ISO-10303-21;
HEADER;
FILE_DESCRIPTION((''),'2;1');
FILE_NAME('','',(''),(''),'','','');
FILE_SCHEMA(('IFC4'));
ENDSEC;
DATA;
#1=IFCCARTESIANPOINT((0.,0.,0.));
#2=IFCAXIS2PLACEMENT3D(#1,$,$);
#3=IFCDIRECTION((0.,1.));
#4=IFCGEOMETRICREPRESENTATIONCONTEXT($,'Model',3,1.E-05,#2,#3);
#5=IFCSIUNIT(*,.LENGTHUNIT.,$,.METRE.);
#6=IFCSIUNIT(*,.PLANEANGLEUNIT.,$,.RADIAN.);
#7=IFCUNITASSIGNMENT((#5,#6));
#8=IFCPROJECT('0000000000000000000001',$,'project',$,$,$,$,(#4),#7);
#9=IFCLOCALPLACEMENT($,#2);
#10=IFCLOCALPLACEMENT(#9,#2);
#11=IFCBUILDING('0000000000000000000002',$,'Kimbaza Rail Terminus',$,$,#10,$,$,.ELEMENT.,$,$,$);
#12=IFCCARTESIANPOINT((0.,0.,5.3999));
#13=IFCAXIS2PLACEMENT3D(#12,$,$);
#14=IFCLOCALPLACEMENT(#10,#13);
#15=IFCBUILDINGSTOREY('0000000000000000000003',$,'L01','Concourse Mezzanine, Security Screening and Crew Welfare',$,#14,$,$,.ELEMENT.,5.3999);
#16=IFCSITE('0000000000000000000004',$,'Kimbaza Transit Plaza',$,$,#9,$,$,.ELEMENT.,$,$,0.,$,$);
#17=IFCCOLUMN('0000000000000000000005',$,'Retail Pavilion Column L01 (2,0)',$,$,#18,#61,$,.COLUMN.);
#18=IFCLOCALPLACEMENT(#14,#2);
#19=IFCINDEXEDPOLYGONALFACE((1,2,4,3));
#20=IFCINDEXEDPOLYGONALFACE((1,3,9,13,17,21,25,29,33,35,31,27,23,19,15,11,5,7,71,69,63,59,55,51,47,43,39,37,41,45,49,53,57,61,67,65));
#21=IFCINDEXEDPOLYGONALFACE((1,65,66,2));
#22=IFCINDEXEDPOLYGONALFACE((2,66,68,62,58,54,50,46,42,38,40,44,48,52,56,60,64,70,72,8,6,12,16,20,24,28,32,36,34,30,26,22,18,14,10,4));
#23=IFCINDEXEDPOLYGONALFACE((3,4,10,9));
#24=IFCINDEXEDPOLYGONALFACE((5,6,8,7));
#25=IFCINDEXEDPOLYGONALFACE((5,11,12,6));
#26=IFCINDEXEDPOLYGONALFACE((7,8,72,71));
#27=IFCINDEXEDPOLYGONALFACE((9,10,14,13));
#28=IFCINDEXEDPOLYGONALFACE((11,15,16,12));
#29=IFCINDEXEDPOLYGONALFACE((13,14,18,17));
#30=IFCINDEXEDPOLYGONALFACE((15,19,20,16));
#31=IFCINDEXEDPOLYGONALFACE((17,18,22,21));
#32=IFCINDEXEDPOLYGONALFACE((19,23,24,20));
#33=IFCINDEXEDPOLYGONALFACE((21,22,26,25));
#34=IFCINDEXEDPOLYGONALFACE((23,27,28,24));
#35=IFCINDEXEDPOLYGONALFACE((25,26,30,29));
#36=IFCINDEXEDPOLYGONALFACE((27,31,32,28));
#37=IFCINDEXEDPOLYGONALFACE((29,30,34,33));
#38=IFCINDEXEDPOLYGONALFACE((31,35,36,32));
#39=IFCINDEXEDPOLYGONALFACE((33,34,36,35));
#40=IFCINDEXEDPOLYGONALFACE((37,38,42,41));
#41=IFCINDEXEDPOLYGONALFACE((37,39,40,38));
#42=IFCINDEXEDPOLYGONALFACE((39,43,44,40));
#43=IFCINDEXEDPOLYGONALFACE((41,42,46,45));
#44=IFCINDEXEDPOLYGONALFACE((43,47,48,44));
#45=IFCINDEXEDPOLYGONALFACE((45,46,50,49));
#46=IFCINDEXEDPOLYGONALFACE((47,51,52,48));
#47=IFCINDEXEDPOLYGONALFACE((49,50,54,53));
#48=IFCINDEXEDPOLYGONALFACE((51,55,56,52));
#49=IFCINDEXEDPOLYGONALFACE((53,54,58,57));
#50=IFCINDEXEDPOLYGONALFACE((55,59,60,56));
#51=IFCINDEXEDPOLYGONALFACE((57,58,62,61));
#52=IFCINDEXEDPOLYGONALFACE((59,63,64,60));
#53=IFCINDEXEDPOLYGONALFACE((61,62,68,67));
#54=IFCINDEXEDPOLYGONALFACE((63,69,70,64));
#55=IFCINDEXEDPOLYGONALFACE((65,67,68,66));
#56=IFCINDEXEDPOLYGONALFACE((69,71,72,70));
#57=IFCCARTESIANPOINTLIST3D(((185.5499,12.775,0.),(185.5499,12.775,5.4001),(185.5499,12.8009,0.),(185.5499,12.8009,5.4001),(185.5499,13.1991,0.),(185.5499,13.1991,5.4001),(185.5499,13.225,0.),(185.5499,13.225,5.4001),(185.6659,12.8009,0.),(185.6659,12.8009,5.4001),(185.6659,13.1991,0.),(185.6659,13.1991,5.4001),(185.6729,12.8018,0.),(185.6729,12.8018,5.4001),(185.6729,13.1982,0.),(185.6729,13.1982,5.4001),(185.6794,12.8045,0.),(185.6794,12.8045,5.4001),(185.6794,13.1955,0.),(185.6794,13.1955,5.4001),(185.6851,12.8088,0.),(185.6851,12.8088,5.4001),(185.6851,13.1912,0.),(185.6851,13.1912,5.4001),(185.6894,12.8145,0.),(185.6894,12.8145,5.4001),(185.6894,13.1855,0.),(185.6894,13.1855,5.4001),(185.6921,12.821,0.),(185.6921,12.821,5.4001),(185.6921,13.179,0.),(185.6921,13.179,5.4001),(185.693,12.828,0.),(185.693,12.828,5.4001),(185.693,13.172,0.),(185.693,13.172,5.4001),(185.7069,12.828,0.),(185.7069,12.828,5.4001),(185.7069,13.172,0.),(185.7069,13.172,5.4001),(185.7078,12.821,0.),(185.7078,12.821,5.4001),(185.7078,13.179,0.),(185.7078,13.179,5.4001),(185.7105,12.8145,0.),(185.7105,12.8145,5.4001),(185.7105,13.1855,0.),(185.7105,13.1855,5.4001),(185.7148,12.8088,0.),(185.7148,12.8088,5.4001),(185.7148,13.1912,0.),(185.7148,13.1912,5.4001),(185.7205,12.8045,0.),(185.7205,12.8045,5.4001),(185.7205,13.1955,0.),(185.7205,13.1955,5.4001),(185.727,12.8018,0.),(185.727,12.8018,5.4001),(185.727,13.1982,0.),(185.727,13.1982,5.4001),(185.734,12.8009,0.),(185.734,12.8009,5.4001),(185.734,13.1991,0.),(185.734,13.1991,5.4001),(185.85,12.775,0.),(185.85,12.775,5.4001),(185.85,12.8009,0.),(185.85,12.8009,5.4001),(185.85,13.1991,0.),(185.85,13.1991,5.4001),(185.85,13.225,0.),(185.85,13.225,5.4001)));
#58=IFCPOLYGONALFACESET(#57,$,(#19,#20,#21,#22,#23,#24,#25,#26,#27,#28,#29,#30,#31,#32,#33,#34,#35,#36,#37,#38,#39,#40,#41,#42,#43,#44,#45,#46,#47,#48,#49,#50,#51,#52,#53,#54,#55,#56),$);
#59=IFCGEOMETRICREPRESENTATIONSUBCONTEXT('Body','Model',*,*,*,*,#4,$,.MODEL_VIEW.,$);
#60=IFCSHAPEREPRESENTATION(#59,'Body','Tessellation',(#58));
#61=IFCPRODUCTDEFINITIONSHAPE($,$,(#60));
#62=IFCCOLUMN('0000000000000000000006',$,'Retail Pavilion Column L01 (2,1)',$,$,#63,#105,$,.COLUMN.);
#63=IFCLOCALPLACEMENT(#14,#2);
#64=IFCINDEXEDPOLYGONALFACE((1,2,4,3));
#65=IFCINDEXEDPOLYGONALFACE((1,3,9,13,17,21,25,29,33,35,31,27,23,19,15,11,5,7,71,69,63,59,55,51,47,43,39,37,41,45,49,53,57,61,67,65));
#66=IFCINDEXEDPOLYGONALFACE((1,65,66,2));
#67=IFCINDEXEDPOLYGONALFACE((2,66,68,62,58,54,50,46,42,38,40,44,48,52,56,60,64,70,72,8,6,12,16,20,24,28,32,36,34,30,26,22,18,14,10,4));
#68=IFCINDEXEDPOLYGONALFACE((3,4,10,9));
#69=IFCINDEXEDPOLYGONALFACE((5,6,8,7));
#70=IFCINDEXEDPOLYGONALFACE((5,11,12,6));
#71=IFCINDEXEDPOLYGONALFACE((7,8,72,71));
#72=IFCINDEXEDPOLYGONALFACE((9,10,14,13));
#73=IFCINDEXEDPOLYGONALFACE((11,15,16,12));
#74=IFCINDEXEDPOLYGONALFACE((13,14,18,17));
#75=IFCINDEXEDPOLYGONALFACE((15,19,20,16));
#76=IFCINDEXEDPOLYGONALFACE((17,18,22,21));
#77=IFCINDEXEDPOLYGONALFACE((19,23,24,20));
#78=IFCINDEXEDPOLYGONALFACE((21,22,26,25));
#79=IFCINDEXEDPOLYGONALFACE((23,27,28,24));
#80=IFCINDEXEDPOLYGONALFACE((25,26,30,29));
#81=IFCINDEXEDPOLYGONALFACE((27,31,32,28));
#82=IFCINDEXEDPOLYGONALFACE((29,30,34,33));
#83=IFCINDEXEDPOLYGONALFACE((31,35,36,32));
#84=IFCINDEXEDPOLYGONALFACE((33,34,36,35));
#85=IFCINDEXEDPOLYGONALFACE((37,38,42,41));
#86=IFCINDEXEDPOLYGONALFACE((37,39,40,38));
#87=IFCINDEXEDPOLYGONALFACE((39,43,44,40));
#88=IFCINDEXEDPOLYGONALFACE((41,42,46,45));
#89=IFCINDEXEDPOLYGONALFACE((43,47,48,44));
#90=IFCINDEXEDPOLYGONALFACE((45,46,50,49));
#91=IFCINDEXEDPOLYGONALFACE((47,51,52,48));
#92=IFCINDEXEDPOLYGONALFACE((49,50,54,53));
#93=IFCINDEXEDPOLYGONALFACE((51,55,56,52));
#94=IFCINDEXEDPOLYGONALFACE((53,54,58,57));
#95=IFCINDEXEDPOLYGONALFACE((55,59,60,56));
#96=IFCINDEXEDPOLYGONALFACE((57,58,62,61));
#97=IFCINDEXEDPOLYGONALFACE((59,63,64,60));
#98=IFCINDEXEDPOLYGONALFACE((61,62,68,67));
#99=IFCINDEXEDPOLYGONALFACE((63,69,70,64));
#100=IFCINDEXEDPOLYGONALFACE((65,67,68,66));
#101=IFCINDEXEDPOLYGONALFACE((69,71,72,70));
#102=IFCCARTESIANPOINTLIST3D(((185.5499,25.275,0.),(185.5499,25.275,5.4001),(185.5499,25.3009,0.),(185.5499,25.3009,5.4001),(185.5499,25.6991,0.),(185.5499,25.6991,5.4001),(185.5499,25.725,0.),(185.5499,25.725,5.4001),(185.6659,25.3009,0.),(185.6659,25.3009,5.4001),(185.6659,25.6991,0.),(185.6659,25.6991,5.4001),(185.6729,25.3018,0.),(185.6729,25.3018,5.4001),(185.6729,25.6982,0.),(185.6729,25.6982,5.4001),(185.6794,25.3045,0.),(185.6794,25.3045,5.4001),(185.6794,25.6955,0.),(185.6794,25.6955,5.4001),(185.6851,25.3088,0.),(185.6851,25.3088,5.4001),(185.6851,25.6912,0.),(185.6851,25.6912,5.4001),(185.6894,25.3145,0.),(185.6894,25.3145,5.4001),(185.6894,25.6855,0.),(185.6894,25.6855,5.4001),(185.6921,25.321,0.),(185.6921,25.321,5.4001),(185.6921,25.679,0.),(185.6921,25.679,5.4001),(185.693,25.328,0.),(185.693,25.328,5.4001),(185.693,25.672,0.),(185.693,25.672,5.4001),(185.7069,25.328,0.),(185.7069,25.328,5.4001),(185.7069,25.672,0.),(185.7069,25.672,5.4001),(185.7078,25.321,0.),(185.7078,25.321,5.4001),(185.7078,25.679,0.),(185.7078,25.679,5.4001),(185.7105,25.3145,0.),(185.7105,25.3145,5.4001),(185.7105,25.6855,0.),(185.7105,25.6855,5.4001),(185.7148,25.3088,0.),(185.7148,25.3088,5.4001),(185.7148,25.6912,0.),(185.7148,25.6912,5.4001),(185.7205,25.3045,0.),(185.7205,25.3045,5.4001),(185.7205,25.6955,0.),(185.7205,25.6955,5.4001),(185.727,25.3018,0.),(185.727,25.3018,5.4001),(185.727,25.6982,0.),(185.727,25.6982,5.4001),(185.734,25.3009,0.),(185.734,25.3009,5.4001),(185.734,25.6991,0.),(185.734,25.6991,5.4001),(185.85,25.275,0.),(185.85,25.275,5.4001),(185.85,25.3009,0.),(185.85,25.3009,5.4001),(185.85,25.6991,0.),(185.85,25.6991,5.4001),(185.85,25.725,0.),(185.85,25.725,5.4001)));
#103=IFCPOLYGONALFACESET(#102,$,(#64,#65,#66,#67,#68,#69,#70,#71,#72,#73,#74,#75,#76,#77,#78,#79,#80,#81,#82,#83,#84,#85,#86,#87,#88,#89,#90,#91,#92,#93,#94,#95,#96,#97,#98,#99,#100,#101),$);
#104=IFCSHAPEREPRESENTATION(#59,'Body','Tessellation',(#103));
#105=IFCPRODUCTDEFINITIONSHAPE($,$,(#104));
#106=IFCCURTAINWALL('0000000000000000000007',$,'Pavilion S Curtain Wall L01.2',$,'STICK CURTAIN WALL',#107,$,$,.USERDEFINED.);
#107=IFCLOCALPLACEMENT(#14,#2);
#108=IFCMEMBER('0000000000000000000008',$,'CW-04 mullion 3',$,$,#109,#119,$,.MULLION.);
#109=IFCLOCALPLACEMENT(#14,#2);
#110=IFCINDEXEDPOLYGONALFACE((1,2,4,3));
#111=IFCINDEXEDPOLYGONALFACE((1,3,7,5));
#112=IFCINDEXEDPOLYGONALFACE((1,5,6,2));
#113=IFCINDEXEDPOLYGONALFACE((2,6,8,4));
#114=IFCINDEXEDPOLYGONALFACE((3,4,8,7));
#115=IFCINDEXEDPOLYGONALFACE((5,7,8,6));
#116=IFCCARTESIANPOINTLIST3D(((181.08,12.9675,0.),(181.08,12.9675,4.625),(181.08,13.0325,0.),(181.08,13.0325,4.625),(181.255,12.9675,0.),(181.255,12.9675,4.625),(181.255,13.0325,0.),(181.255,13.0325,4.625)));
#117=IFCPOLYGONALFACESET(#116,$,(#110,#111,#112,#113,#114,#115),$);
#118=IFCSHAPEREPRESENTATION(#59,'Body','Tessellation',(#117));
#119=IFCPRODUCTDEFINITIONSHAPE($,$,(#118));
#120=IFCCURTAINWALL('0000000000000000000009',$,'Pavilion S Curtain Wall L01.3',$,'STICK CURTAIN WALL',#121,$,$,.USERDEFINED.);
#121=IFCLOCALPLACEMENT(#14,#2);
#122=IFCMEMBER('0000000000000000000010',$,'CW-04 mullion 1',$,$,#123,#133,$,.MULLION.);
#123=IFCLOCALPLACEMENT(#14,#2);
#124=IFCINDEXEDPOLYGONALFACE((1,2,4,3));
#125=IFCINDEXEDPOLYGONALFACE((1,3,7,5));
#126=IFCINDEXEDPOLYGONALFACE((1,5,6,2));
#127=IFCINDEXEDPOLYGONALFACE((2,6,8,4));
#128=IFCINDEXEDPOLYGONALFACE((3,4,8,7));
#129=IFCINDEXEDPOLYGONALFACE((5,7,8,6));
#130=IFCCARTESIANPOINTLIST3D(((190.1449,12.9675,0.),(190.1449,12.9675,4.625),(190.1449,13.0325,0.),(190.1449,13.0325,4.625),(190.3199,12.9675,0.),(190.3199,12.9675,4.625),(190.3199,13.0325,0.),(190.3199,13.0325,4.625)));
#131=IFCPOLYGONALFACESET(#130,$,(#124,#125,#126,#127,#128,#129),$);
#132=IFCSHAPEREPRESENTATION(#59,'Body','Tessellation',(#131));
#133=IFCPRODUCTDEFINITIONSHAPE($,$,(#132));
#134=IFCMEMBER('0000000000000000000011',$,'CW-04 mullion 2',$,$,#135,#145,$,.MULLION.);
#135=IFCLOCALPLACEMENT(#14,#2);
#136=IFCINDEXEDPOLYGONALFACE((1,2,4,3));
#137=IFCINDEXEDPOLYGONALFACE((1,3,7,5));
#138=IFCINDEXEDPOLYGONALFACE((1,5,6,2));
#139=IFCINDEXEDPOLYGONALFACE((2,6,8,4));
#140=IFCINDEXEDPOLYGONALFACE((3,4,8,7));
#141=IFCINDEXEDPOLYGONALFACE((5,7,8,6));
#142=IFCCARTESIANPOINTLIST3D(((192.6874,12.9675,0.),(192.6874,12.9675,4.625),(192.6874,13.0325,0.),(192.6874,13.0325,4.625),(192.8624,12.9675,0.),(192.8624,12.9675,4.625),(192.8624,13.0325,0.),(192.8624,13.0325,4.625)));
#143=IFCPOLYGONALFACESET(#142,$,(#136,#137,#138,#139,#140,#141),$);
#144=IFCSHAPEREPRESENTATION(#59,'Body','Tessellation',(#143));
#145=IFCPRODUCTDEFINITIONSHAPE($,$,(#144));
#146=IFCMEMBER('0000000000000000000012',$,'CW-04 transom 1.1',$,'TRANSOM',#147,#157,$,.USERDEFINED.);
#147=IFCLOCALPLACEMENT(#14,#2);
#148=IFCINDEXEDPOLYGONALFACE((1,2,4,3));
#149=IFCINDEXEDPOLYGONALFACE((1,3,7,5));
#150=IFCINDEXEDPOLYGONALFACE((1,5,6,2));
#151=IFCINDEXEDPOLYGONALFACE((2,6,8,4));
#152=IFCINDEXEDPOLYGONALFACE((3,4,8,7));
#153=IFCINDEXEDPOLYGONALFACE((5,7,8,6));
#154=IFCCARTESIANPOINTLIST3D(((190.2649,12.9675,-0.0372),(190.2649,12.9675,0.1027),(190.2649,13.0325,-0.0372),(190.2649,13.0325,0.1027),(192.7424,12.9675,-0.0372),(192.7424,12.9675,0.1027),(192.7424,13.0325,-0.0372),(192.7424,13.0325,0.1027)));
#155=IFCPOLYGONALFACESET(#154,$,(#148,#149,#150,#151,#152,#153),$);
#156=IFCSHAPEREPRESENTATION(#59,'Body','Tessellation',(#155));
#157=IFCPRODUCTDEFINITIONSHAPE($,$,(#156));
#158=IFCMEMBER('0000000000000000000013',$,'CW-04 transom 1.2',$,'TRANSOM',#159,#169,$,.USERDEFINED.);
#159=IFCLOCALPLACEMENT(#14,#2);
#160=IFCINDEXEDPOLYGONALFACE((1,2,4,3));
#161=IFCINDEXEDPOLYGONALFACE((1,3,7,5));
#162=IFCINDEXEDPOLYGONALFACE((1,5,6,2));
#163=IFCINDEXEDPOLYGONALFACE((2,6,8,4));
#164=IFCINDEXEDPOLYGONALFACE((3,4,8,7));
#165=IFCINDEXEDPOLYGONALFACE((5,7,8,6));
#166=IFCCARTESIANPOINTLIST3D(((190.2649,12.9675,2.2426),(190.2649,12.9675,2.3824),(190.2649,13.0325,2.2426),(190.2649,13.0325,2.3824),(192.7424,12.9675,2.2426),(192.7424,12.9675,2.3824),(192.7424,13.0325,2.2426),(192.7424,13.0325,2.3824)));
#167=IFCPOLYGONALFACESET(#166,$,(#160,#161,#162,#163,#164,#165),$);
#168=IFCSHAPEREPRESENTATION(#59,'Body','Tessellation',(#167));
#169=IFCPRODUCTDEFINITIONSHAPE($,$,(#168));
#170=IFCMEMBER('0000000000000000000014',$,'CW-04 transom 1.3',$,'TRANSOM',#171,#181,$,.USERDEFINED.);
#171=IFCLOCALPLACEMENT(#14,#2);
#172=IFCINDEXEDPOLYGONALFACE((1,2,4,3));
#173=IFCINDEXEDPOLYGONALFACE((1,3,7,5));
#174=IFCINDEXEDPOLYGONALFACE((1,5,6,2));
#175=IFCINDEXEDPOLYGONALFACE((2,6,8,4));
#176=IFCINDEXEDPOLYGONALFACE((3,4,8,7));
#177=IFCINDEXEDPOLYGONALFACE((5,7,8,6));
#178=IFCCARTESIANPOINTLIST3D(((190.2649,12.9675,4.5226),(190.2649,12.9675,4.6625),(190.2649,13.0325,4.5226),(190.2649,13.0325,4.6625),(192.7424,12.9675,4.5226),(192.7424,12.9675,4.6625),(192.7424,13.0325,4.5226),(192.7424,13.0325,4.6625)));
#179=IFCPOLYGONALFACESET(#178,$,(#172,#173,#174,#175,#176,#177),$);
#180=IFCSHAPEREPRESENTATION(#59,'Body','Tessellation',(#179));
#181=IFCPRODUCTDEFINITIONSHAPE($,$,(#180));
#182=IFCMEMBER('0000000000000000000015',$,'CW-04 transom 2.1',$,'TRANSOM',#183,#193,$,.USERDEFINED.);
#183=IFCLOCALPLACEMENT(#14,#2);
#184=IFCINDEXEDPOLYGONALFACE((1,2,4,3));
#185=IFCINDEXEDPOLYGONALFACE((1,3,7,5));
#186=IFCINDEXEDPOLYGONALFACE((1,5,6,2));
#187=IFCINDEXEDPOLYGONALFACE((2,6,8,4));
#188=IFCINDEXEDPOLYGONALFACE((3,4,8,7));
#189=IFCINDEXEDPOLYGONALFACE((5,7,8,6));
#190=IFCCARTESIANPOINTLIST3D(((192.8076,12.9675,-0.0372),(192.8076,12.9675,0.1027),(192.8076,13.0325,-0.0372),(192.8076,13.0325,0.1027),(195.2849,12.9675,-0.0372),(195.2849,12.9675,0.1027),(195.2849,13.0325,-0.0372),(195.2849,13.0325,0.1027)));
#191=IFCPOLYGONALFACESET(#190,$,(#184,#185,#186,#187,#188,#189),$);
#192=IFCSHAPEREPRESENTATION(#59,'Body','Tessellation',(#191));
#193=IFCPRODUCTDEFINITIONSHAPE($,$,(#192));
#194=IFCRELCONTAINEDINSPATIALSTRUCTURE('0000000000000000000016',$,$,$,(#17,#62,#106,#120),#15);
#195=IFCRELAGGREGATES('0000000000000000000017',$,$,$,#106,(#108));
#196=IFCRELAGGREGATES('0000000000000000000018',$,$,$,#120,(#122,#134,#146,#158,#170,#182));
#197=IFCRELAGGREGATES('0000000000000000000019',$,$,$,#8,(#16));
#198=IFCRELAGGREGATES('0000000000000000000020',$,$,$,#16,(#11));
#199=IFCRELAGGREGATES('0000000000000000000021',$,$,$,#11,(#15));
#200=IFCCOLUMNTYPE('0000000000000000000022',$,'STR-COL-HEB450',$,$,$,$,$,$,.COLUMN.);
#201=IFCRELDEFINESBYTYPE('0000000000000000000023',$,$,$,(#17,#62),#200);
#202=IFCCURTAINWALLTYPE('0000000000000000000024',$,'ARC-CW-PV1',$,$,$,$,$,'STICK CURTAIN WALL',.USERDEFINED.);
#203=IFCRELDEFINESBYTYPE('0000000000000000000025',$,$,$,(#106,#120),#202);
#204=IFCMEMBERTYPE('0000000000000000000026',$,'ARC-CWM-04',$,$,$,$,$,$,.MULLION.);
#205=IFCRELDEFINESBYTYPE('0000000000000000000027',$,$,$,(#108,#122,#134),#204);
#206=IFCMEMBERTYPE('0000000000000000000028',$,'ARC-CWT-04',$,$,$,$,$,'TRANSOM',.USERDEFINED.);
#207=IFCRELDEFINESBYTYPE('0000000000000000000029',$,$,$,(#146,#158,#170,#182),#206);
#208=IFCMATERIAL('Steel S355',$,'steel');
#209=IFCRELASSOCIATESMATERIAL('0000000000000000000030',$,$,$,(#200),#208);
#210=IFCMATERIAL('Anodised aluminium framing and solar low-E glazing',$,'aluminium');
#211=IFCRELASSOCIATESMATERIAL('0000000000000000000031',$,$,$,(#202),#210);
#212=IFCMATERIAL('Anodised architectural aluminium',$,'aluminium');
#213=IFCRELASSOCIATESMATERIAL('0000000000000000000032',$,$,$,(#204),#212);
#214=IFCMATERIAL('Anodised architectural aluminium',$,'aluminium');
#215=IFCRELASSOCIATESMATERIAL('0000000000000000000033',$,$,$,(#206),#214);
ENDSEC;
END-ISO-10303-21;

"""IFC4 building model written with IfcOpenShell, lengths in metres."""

from ifc_helpers import new_model, si_unit, direction, frame, origin, origin_2d, place, context, subcontext, project, spatial, rectangle, i_section, extrude, material, material_profile, profile_set, type_object, element, aggregate, save


model = new_model("IFC4")

# Units and contexts
model_context = context("Model", 3, precision=1e-05, world=origin(), true_north=direction((0.0, 1.0)))
body_context = subcontext(model_context, "Body", "Model", "MODEL_VIEW")
ifc_project = project(units=[si_unit("LENGTHUNIT", "METRE"), si_unit("PLANEANGLEUNIT", "RADIAN")], contexts=[model_context])

# Site, building, storey
site_placement = place(None, origin())
site = spatial("IfcSite", under=ifc_project, at=site_placement, Name="Kimbaza Transit Plaza", CompositionType="ELEMENT", RefElevation=0.0)
building_placement = place(site_placement, origin())
building = spatial("IfcBuilding", under=site, at=building_placement, Name="Kimbaza Rail Terminus", CompositionType="ELEMENT")
storey_placement = place(building_placement, frame((0.0, 0.0, 5.3999)))
storey = spatial("IfcBuildingStorey", under=building, at=storey_placement, Name="L01", Description="Concourse Mezzanine, Security Screening and Crew Welfare", CompositionType="ELEMENT", Elevation=5.3999)

# Columns
ifc_material_1 = material(Name="Steel S355", Category="steel")
ifc_material_profile_1 = material_profile(ifc_material_1, i_section(OverallWidth=0.3, OverallDepth=0.45, WebThickness=0.0139, FlangeThickness=0.0259, FilletRadius=0.0271, at=origin_2d()), Name="HEB 450")
ifc_profile_set_1 = profile_set([ifc_material_profile_1], Name="Steel S355")
column_type = type_object("IfcColumnType", Name="STR-COL-HEB450", PredefinedType="COLUMN", material=ifc_profile_set_1)
for number, where, z_axis, x_axis, name in (
    (1, (185.7, 13.0, 0.0), (0.0, 0.0, 1.0), (1.0, 0.0, 0.0), "Retail Pavilion Column L01 (2,0)"),
    (2, (185.7, 25.5, 0.0), (0.0, 0.0, 1.0), (1.0, 0.0, 0.0), "Retail Pavilion Column L01 (2,1)"),
):
    element("IfcColumn", number, at=place(storey_placement, frame(where, z_axis=z_axis, x_axis=x_axis)), inside=storey, type_object=column_type, Name=name, PredefinedType="COLUMN", context=body_context, shape_type="SweptSolid", body=[
        extrude(i_section(OverallWidth=0.3, OverallDepth=0.45, WebThickness=0.0139, FlangeThickness=0.0259, FilletRadius=0.0271, at=origin_2d()), origin(), (0.0, 0.0, 1.0), 5.4001),
    ])

# Curtain wall, member
ifc_material_2 = material(Name="Anodised aluminium framing and solar low-E glazing", Category="aluminium")
curtain_wall_type = type_object("IfcCurtainWallType", Name="ARC-CW-PV1", ElementType="STICK CURTAIN WALL", PredefinedType="USERDEFINED", material=ifc_material_2)
curtain_wall_1_placement = place(storey_placement, origin())
curtain_wall_1 = element("IfcCurtainWall", 3, at=curtain_wall_1_placement, inside=storey, type_object=curtain_wall_type, Name="Pavilion S Curtain Wall L01.2", ObjectType="STICK CURTAIN WALL", PredefinedType="USERDEFINED")
ifc_material_3 = material(Name="Anodised architectural aluminium", Category="aluminium")
ifc_material_profile_2 = material_profile(ifc_material_3, rectangle(XDim=0.0649, YDim=0.175, at=origin_2d()), Name="MULLION 65x175")
ifc_profile_set_2 = profile_set([ifc_material_profile_2], Name="Anodised architectural aluminium")
member_type_1 = type_object("IfcMemberType", Name="ARC-CWM-04", PredefinedType="MULLION", material=ifc_profile_set_2)
member_1_placement = place(storey_placement, frame((181.1675, 13.0, 0.0), z_axis=(0.0, 0.0, 1.0), x_axis=(0.0, 1.0, 0.0)))
member_1 = element("IfcMember", 4, at=member_1_placement, type_object=member_type_1, Name="CW-04 mullion 3", PredefinedType="MULLION", context=body_context, shape_type="SweptSolid", body=[
    extrude(rectangle(XDim=0.0649, YDim=0.175, at=origin_2d()), origin(), (0.0, 0.0, 1.0), 4.625),
])

# Curtain wall, members
curtain_wall_2_placement = place(storey_placement, origin())
curtain_wall_2 = element("IfcCurtainWall", 5, at=curtain_wall_2_placement, inside=storey, type_object=curtain_wall_type, Name="Pavilion S Curtain Wall L01.3", ObjectType="STICK CURTAIN WALL", PredefinedType="USERDEFINED")
member_2_placement = place(storey_placement, frame((190.2324, 13.0, 0.0), z_axis=(0.0, 0.0, 1.0), x_axis=(0.0, 1.0, 0.0)))
member_2 = element("IfcMember", 6, at=member_2_placement, type_object=member_type_1, Name="CW-04 mullion 1", PredefinedType="MULLION", context=body_context, shape_type="SweptSolid", body=[
    extrude(rectangle(XDim=0.0649, YDim=0.175, at=origin_2d()), origin(), (0.0, 0.0, 1.0), 4.625),
])
member_3_placement = place(storey_placement, frame((192.7749, 13.0, 0.0), z_axis=(0.0, 0.0, 1.0), x_axis=(0.0, 1.0, 0.0)))
member_3 = element("IfcMember", 7, at=member_3_placement, type_object=member_type_1, Name="CW-04 mullion 2", PredefinedType="MULLION", context=body_context, shape_type="SweptSolid", body=[
    extrude(rectangle(XDim=0.0649, YDim=0.175, at=origin_2d()), origin(), (0.0, 0.0, 1.0), 4.625),
])
ifc_material_4 = material(Name="Anodised architectural aluminium", Category="aluminium")
ifc_material_profile_3 = material_profile(ifc_material_4, rectangle(XDim=0.0649, YDim=0.1399, at=origin_2d()), Name="TRANSOM 65x140")
ifc_profile_set_3 = profile_set([ifc_material_profile_3], Name="Anodised architectural aluminium")
member_type_2 = type_object("IfcMemberType", Name="ARC-CWT-04", ElementType="TRANSOM", PredefinedType="USERDEFINED", material=ifc_profile_set_3)
member_4_placement = place(storey_placement, frame((190.2649, 13.0, 0.0327), z_axis=(1.0, 0.0, 0.0), x_axis=(0.0, 1.0, 0.0)))
member_4 = element("IfcMember", 8, at=member_4_placement, type_object=member_type_2, Name="CW-04 transom 1.1", ObjectType="TRANSOM", PredefinedType="USERDEFINED", context=body_context, shape_type="SweptSolid", body=[
    extrude(rectangle(XDim=0.0649, YDim=0.1399, at=origin_2d()), origin(), (0.0, 0.0, 1.0), 2.4775),
])
member_5_placement = place(storey_placement, frame((190.2649, 13.0, 2.3125), z_axis=(1.0, 0.0, 0.0), x_axis=(0.0, 1.0, 0.0)))
member_5 = element("IfcMember", 9, at=member_5_placement, type_object=member_type_2, Name="CW-04 transom 1.2", ObjectType="TRANSOM", PredefinedType="USERDEFINED", context=body_context, shape_type="SweptSolid", body=[
    extrude(rectangle(XDim=0.0649, YDim=0.1399, at=origin_2d()), origin(), (0.0, 0.0, 1.0), 2.4775),
])
member_6_placement = place(storey_placement, frame((190.2649, 13.0, 4.5925), z_axis=(1.0, 0.0, 0.0), x_axis=(0.0, 1.0, 0.0)))
member_6 = element("IfcMember", 10, at=member_6_placement, type_object=member_type_2, Name="CW-04 transom 1.3", ObjectType="TRANSOM", PredefinedType="USERDEFINED", context=body_context, shape_type="SweptSolid", body=[
    extrude(rectangle(XDim=0.0649, YDim=0.1399, at=origin_2d()), origin(), (0.0, 0.0, 1.0), 2.4775),
])
member_7_placement = place(storey_placement, frame((192.8076, 13.0, 0.0327), z_axis=(1.0, 0.0, 0.0), x_axis=(0.0, 1.0, 0.0)))
member_7 = element("IfcMember", 11, at=member_7_placement, type_object=member_type_2, Name="CW-04 transom 2.1", ObjectType="TRANSOM", PredefinedType="USERDEFINED", context=body_context, shape_type="SweptSolid", body=[
    extrude(rectangle(XDim=0.0649, YDim=0.1399, at=origin_2d()), origin(), (0.0, 0.0, 1.0), 2.4773),
])

aggregate(curtain_wall_1, [member_1])
aggregate(curtain_wall_2, [member_2, member_3, member_4, member_5, member_6, member_7])

save(model, "model.ifc")
